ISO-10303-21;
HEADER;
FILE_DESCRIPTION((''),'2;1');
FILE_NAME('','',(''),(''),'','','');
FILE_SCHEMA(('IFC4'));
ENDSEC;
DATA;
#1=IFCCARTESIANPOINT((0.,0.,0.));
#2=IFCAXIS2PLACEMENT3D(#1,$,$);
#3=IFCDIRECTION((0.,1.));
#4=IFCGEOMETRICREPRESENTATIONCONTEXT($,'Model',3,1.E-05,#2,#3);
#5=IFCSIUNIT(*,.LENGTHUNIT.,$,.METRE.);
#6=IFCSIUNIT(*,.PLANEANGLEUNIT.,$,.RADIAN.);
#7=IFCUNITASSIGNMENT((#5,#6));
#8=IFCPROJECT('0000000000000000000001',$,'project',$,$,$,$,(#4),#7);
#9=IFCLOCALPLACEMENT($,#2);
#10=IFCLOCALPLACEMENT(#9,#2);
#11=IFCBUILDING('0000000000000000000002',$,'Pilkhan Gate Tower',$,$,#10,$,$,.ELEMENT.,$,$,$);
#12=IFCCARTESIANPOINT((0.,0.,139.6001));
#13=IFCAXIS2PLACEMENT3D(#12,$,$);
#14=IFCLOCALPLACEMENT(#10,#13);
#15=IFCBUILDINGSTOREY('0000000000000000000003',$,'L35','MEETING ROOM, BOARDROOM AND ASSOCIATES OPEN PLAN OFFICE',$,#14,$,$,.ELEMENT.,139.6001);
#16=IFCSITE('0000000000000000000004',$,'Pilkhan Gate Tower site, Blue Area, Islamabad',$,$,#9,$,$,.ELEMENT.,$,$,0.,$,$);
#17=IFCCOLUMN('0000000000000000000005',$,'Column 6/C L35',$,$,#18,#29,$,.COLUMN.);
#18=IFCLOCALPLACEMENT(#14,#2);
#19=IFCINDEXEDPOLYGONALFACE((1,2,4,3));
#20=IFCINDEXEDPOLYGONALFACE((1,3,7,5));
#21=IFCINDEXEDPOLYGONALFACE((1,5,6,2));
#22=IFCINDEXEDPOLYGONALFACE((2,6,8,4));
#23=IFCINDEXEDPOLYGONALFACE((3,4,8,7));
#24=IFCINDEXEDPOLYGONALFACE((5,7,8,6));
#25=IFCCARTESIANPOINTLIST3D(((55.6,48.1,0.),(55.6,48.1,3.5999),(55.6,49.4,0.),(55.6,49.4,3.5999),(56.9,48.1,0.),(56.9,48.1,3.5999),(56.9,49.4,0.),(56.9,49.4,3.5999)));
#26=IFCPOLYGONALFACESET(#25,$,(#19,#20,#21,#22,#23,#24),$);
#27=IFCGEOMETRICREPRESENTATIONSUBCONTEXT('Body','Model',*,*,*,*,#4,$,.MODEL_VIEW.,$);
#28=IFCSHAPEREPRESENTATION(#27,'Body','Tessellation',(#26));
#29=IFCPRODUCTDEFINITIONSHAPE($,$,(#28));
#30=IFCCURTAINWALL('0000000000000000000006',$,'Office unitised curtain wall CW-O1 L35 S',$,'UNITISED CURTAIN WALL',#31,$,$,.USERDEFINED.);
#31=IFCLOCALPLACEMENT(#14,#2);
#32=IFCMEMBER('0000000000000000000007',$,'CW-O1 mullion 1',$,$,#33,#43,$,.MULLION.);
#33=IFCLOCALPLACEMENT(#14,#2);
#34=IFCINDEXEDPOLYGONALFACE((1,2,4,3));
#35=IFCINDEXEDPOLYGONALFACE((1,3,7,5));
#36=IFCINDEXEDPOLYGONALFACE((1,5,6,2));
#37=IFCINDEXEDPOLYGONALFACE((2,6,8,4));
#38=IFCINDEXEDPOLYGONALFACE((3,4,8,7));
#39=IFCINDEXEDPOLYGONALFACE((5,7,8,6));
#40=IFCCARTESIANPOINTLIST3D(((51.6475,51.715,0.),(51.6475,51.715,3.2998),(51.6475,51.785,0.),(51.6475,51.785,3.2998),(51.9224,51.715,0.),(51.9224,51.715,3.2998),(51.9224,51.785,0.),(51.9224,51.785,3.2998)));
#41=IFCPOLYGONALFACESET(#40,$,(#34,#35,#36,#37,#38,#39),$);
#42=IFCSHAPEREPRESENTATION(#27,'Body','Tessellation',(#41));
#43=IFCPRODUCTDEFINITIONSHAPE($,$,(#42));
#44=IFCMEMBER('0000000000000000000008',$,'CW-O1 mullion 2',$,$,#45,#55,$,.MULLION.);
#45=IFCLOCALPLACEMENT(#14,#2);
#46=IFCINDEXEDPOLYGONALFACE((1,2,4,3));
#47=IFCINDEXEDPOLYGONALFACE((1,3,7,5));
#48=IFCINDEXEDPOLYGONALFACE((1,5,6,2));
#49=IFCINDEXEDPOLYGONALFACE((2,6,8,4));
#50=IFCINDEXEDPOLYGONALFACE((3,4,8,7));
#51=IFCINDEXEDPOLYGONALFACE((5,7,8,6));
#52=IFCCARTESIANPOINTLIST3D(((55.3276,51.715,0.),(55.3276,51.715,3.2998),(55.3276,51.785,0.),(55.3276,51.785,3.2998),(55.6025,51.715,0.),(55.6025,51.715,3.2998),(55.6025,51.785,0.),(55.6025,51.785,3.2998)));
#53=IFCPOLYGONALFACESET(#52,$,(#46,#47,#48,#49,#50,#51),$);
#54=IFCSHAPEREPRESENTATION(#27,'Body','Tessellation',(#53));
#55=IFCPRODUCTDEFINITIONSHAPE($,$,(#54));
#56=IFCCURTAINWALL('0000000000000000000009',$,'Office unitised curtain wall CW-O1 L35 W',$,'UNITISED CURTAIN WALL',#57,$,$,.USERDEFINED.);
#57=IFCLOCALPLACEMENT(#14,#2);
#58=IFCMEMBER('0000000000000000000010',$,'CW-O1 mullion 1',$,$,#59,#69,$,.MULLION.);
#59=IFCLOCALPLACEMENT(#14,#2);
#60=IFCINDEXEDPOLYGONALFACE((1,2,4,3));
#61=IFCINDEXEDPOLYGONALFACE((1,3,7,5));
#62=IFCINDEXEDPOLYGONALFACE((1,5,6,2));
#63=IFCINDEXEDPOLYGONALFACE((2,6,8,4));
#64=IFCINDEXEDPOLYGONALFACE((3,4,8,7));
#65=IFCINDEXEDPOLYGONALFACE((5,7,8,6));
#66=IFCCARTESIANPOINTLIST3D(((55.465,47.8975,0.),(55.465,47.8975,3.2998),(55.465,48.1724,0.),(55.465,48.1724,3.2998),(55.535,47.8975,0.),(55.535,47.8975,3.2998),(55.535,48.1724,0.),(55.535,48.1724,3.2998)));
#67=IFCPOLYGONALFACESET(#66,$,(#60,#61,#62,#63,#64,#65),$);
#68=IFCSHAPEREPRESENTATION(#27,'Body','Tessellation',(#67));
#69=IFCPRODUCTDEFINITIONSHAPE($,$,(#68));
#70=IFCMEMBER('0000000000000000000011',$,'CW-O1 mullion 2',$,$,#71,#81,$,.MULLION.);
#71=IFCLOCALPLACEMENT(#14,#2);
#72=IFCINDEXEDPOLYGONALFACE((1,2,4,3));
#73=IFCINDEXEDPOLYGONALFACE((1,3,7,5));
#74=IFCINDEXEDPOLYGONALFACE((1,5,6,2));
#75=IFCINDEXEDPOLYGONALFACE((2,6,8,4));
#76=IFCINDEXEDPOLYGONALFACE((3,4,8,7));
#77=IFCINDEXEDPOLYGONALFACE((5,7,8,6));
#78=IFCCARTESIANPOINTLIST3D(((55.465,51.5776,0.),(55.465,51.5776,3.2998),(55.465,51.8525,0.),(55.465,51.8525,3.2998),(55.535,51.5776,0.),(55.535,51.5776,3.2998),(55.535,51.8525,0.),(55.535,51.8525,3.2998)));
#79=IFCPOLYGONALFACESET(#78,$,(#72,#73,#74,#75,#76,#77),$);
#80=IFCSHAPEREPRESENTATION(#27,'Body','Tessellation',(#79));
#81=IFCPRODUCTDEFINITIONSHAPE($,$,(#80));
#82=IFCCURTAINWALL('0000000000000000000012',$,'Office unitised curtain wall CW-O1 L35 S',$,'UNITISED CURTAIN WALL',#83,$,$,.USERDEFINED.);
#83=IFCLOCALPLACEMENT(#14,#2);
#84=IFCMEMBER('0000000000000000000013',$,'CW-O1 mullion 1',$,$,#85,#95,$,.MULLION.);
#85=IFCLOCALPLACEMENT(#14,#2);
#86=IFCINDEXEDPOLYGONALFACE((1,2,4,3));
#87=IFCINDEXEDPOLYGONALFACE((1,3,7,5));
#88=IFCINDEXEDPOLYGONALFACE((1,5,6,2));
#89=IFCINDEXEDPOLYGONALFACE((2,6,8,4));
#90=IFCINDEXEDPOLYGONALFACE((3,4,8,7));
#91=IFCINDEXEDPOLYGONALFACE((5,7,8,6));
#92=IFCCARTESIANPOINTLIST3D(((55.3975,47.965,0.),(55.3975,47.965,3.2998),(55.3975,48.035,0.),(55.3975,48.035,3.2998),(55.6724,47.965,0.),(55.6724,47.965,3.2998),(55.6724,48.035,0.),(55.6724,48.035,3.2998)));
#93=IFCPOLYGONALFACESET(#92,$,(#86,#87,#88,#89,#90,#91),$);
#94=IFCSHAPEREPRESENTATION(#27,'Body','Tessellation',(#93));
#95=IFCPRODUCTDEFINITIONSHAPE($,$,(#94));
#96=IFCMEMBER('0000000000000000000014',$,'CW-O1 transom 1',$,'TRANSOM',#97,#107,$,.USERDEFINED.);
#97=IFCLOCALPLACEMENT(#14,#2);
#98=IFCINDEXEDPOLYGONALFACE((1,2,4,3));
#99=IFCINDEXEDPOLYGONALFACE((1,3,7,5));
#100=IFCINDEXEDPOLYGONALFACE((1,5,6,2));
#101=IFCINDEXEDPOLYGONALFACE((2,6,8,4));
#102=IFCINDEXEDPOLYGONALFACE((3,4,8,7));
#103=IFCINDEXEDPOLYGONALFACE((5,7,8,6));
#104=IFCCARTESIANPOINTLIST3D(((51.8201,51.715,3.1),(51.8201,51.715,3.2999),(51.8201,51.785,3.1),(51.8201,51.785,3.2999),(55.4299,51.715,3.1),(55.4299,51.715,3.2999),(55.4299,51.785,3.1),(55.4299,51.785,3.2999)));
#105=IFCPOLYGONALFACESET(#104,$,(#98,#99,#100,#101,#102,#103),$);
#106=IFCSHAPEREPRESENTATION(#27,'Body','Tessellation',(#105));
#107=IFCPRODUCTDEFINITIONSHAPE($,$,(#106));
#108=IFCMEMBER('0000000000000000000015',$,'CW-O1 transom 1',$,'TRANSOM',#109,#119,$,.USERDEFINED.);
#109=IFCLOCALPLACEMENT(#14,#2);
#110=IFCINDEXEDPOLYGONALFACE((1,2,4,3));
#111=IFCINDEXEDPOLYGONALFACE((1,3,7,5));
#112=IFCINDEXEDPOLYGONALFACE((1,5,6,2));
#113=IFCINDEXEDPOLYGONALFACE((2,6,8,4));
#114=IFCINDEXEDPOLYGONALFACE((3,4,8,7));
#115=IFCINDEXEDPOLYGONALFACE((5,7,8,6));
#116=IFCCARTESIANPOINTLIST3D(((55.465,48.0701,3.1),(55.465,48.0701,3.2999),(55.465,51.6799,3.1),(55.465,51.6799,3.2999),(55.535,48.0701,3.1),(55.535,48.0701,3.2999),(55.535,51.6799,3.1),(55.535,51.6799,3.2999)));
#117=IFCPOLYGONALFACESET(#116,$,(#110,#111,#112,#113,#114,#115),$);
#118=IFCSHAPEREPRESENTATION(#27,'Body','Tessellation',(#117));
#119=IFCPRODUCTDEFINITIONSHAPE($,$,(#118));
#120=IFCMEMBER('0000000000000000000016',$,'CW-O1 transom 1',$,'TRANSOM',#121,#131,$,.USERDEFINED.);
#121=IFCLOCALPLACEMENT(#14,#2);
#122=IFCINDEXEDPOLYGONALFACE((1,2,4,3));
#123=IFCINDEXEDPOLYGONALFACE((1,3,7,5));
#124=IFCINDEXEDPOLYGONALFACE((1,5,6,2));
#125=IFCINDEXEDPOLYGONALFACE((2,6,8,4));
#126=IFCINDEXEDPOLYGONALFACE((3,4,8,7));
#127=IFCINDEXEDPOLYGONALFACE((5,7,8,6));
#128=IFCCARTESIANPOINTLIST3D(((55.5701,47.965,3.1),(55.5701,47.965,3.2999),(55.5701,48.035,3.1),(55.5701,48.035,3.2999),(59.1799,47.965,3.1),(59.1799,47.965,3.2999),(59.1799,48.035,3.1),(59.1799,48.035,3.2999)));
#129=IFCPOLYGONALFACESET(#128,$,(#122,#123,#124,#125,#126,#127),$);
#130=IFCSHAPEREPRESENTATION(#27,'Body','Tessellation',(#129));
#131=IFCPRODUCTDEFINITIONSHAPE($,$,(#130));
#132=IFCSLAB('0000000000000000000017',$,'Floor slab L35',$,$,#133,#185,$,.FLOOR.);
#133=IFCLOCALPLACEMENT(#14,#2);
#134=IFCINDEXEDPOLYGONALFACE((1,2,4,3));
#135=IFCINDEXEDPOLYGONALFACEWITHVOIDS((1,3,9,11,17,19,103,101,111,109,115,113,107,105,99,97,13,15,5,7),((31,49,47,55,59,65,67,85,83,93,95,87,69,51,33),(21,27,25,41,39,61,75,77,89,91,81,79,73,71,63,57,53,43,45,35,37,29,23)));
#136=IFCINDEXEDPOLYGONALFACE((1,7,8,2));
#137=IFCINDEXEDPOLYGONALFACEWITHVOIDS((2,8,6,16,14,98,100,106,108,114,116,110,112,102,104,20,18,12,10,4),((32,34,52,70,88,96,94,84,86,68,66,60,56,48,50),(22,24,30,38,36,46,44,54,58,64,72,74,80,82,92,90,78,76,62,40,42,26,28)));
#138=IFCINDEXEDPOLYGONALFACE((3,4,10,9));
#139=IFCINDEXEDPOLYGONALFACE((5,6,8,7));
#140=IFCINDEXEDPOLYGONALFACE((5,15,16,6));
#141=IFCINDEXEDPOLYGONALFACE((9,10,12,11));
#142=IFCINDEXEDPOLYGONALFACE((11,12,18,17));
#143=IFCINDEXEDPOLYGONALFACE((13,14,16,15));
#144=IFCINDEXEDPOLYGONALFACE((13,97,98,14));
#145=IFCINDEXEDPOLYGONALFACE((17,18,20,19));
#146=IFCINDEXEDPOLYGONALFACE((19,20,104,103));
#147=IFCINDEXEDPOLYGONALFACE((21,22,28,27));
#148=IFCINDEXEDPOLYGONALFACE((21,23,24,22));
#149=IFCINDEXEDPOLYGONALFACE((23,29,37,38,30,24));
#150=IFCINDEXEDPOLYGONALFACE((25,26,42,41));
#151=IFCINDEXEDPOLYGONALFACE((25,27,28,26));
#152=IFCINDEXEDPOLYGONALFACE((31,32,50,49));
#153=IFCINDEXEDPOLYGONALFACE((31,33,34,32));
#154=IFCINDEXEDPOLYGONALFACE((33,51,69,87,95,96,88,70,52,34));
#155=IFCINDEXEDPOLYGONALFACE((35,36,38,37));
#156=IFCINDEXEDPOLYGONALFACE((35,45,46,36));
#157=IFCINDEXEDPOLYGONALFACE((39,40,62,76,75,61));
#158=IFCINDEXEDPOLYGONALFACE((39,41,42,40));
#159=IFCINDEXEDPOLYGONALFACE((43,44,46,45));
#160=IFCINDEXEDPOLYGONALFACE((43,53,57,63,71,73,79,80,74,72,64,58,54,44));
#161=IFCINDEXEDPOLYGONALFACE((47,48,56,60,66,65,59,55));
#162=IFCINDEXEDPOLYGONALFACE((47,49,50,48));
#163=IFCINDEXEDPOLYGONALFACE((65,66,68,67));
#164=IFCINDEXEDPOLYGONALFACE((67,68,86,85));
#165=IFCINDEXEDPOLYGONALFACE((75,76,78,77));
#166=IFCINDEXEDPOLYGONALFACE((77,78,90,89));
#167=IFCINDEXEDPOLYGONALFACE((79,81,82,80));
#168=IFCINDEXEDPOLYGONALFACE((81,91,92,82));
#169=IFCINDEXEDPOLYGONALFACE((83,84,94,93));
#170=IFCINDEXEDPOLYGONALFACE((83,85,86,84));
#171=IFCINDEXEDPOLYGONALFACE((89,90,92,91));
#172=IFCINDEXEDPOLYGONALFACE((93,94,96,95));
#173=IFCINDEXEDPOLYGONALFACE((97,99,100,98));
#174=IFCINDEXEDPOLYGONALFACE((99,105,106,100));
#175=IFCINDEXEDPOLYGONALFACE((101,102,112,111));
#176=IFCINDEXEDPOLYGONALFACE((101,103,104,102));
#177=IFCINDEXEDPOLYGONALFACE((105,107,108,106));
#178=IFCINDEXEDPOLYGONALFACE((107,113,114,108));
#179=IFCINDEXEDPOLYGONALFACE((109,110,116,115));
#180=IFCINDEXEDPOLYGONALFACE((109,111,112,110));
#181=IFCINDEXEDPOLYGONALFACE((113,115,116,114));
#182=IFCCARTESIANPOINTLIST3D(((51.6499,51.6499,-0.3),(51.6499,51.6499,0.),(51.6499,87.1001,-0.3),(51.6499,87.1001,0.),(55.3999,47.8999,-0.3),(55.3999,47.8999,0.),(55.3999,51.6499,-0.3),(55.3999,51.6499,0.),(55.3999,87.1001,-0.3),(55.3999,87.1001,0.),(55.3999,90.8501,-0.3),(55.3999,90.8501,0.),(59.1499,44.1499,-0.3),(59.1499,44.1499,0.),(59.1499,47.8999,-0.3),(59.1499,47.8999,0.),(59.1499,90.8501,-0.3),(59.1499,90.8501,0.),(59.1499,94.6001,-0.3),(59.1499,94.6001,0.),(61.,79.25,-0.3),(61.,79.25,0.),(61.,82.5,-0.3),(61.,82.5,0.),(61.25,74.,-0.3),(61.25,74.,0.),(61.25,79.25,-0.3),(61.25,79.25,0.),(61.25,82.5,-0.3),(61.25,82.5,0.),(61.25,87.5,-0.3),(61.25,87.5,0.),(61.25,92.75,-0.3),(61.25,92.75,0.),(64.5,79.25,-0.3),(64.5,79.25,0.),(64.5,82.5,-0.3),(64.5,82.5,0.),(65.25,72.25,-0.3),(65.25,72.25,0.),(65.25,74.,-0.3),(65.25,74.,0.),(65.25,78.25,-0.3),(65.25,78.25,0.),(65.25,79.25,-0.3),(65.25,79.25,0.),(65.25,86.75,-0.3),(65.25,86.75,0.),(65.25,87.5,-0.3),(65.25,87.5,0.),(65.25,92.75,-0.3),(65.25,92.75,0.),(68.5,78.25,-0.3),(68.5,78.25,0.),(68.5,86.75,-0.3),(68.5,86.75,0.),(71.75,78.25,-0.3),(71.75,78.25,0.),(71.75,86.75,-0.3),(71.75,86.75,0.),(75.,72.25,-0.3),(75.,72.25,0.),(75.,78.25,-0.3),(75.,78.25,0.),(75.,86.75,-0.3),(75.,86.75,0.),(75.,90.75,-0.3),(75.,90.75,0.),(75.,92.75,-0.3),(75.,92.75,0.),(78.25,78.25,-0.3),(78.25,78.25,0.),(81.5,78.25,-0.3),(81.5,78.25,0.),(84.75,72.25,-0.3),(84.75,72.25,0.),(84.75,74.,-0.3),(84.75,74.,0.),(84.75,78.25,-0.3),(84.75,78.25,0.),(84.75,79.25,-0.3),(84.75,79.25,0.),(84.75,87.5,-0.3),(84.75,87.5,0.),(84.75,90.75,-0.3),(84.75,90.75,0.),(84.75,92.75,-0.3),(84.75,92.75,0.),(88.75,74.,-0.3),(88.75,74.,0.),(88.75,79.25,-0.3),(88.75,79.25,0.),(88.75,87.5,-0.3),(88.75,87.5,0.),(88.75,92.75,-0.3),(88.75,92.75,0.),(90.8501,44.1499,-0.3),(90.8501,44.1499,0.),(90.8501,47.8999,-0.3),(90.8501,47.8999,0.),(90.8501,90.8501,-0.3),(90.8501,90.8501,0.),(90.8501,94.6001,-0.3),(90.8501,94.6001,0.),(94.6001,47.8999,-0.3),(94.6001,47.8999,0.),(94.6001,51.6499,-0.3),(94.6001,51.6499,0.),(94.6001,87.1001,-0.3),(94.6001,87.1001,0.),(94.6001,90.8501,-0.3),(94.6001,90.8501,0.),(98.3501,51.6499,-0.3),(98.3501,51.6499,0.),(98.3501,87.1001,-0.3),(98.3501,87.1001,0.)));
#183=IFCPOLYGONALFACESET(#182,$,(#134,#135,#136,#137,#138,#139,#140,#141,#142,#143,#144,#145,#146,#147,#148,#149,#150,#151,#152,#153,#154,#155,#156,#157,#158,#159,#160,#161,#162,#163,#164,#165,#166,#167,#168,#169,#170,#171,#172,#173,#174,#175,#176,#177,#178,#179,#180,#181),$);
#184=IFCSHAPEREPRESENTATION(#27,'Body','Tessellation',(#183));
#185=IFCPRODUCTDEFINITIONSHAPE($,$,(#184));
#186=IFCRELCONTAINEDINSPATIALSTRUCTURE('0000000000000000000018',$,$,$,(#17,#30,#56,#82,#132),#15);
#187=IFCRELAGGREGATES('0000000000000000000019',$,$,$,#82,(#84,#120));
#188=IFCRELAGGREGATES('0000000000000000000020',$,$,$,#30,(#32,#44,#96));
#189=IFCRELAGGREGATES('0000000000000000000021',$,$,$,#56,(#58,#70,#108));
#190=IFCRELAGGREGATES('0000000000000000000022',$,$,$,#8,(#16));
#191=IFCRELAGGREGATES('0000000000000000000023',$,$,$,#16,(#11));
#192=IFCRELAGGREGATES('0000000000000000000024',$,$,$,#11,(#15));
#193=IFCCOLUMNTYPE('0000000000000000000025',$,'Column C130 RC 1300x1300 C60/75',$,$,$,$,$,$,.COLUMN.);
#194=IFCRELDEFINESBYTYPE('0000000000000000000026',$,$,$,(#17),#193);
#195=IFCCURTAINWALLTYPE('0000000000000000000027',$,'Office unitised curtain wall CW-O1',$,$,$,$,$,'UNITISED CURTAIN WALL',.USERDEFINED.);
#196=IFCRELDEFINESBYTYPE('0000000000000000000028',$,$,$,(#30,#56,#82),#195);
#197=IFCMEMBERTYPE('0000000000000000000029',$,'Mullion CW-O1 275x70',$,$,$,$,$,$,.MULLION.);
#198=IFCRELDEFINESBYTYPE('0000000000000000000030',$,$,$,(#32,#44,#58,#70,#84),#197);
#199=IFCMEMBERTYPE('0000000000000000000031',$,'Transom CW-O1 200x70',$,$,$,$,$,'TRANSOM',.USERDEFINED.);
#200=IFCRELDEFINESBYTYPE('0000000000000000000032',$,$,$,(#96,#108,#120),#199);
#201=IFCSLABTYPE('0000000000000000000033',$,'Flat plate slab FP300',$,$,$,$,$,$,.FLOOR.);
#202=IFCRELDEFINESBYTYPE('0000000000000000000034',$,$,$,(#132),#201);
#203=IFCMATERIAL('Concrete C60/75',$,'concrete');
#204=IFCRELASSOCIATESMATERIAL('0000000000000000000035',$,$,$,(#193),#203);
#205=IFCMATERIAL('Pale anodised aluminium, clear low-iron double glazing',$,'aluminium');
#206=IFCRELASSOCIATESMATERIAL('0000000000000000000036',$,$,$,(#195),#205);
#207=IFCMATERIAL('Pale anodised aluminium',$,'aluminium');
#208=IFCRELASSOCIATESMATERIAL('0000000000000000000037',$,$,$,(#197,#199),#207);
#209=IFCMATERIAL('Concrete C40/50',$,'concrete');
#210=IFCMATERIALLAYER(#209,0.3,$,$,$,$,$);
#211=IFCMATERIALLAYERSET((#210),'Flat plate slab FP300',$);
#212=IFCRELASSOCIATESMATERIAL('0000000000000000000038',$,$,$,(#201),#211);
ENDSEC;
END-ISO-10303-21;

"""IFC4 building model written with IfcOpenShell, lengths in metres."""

from ifc_helpers import new_model, si_unit, direction, frame, origin, origin_2d, place, context, subcontext, project, spatial, polyline, rectangle, outline, extrude, material, layer, layer_set, material_profile, profile_set, type_object, element, aggregate, save


model = new_model("IFC4")

# Units and contexts
model_context = context("Model", 3, precision=1e-05, world=origin(), true_north=direction((0.0, 1.0)))
body_context = subcontext(model_context, "Body", "Model", "MODEL_VIEW")
ifc_project = project(units=[si_unit("LENGTHUNIT", "METRE"), si_unit("PLANEANGLEUNIT", "RADIAN")], contexts=[model_context])

# Site, building, storey
site_placement = place(None, origin())
site = spatial("IfcSite", under=ifc_project, at=site_placement, Name="Pilkhan Gate Tower site, Blue Area, Islamabad", CompositionType="ELEMENT", RefElevation=0.0)
building_placement = place(site_placement, origin())
building = spatial("IfcBuilding", under=site, at=building_placement, Name="Pilkhan Gate Tower", CompositionType="ELEMENT")
storey_placement = place(building_placement, frame((0.0, 0.0, 139.6001)))
storey = spatial("IfcBuildingStorey", under=building, at=storey_placement, Name="L35", Description="MEETING ROOM, BOARDROOM AND ASSOCIATES OPEN PLAN OFFICE", CompositionType="ELEMENT", Elevation=139.6001)

# Column
ifc_material_1 = material(Name="Concrete C60/75", Category="concrete")
ifc_material_profile_1 = material_profile(ifc_material_1, rectangle(XDim=1.3, YDim=1.3, at=origin_2d()), Name="RC 1300x1300")
ifc_profile_set_1 = profile_set([ifc_material_profile_1], Name="Concrete C60/75")
column_type = type_object("IfcColumnType", Name="Column C130 RC 1300x1300 C60/75", PredefinedType="COLUMN", material=ifc_profile_set_1)
column_placement = place(storey_placement, frame((56.25, 48.75, 0.0), z_axis=(0.0, 0.0, 1.0), x_axis=(1.0, 0.0, 0.0)))
element("IfcColumn", 1, at=column_placement, inside=storey, type_object=column_type, Name="Column 6/C L35", PredefinedType="COLUMN", context=body_context, shape_type="SweptSolid", body=[
    extrude(rectangle(XDim=1.3, YDim=1.3, at=origin_2d()), origin(), (0.0, 0.0, 1.0), 3.5999),
])

# Curtain walls, members
ifc_material_2 = material(Name="Pale anodised aluminium, clear low-iron double glazing", Category="aluminium")
curtain_wall_type = type_object("IfcCurtainWallType", Name="Office unitised curtain wall CW-O1", ElementType="UNITISED CURTAIN WALL", PredefinedType="USERDEFINED", material=ifc_material_2)
curtain_wall_1_placement = place(storey_placement, origin())
curtain_wall_1 = element("IfcCurtainWall", 2, at=curtain_wall_1_placement, inside=storey, type_object=curtain_wall_type, Name="Office unitised curtain wall CW-O1 L35 S", ObjectType="UNITISED CURTAIN WALL", PredefinedType="USERDEFINED")
ifc_material_3 = material(Name="Pale anodised aluminium", Category="aluminium")
ifc_material_profile_2 = material_profile(ifc_material_3, rectangle(XDim=0.0701, YDim=0.2749, at=origin_2d()), Name="Mullion 275x70")
ifc_profile_set_2 = profile_set([ifc_material_profile_2], Name="Pale anodised aluminium")
member_type_1 = type_object("IfcMemberType", Name="Mullion CW-O1 275x70", PredefinedType="MULLION", material=ifc_profile_set_2)
member_1_placement = place(storey_placement, frame((51.7849, 51.75, 0.0), z_axis=(0.0, 0.0, 1.0), x_axis=(0.0, 1.0, 0.0)))
member_1 = element("IfcMember", 3, at=member_1_placement, type_object=member_type_1, Name="CW-O1 mullion 1", PredefinedType="MULLION", context=body_context, shape_type="SweptSolid", body=[
    extrude(rectangle(XDim=0.0701, YDim=0.2749, at=origin_2d()), origin(), (0.0, 0.0, 1.0), 3.2998),
])
member_2_placement = place(storey_placement, frame((55.4651, 51.75, 0.0), z_axis=(0.0, 0.0, 1.0), x_axis=(0.0, 1.0, 0.0)))
member_2 = element("IfcMember", 4, at=member_2_placement, type_object=member_type_1, Name="CW-O1 mullion 2", PredefinedType="MULLION", context=body_context, shape_type="SweptSolid", body=[
    extrude(rectangle(XDim=0.0701, YDim=0.2749, at=origin_2d()), origin(), (0.0, 0.0, 1.0), 3.2998),
])
curtain_wall_2_placement = place(storey_placement, origin())
curtain_wall_2 = element("IfcCurtainWall", 5, at=curtain_wall_2_placement, inside=storey, type_object=curtain_wall_type, Name="Office unitised curtain wall CW-O1 L35 W", ObjectType="UNITISED CURTAIN WALL", PredefinedType="USERDEFINED")
member_3_placement = place(storey_placement, frame((55.5, 48.0349, 0.0), z_axis=(0.0, 0.0, 1.0), x_axis=(-1.0, 0.0, 0.0)))
member_3 = element("IfcMember", 6, at=member_3_placement, type_object=member_type_1, Name="CW-O1 mullion 1", PredefinedType="MULLION", context=body_context, shape_type="SweptSolid", body=[
    extrude(rectangle(XDim=0.0701, YDim=0.2749, at=origin_2d()), origin(), (0.0, 0.0, 1.0), 3.2998),
])
member_4_placement = place(storey_placement, frame((55.5, 51.7151, 0.0), z_axis=(0.0, 0.0, 1.0), x_axis=(-1.0, 0.0, 0.0)))
member_4 = element("IfcMember", 7, at=member_4_placement, type_object=member_type_1, Name="CW-O1 mullion 2", PredefinedType="MULLION", context=body_context, shape_type="SweptSolid", body=[
    extrude(rectangle(XDim=0.0701, YDim=0.2749, at=origin_2d()), origin(), (0.0, 0.0, 1.0), 3.2998),
])

# Curtain wall, member
curtain_wall_3_placement = place(storey_placement, origin())
curtain_wall_3 = element("IfcCurtainWall", 8, at=curtain_wall_3_placement, inside=storey, type_object=curtain_wall_type, Name="Office unitised curtain wall CW-O1 L35 S", ObjectType="UNITISED CURTAIN WALL", PredefinedType="USERDEFINED")
member_5_placement = place(storey_placement, frame((55.5349, 48.0, 0.0), z_axis=(0.0, 0.0, 1.0), x_axis=(0.0, 1.0, 0.0)))
member_5 = element("IfcMember", 9, at=member_5_placement, type_object=member_type_1, Name="CW-O1 mullion 1", PredefinedType="MULLION", context=body_context, shape_type="SweptSolid", body=[
    extrude(rectangle(XDim=0.0701, YDim=0.2749, at=origin_2d()), origin(), (0.0, 0.0, 1.0), 3.2998),
])

# Members
ifc_material_profile_3 = material_profile(ifc_material_3, rectangle(XDim=0.0701, YDim=0.2, at=origin_2d()), Name="Transom 200x70")
ifc_profile_set_3 = profile_set([ifc_material_profile_3], Name="Pale anodised aluminium")
member_type_2 = type_object("IfcMemberType", Name="Transom CW-O1 200x70", ElementType="TRANSOM", PredefinedType="USERDEFINED", material=ifc_profile_set_3)
member_6_placement = place(storey_placement, frame((51.8201, 51.75, 3.2), z_axis=(1.0, 0.0, 0.0), x_axis=(0.0, 1.0, 0.0)))
member_6 = element("IfcMember", 10, at=member_6_placement, type_object=member_type_2, Name="CW-O1 transom 1", ObjectType="TRANSOM", PredefinedType="USERDEFINED", context=body_context, shape_type="SweptSolid", body=[
    extrude(rectangle(XDim=0.0701, YDim=0.2, at=origin_2d()), origin(), (0.0, 0.0, 1.0), 3.6099),
])
member_7_placement = place(storey_placement, frame((55.5, 48.0701, 3.2), z_axis=(0.0, 1.0, 0.0), x_axis=(-1.0, 0.0, 0.0)))
member_7 = element("IfcMember", 11, at=member_7_placement, type_object=member_type_2, Name="CW-O1 transom 1", ObjectType="TRANSOM", PredefinedType="USERDEFINED", context=body_context, shape_type="SweptSolid", body=[
    extrude(rectangle(XDim=0.0701, YDim=0.2, at=origin_2d()), origin(), (0.0, 0.0, 1.0), 3.6099),
])
member_8_placement = place(storey_placement, frame((55.5701, 48.0, 3.2), z_axis=(1.0, 0.0, 0.0), x_axis=(0.0, 1.0, 0.0)))
member_8 = element("IfcMember", 12, at=member_8_placement, type_object=member_type_2, Name="CW-O1 transom 1", ObjectType="TRANSOM", PredefinedType="USERDEFINED", context=body_context, shape_type="SweptSolid", body=[
    extrude(rectangle(XDim=0.0701, YDim=0.2, at=origin_2d()), origin(), (0.0, 0.0, 1.0), 3.6099),
])
aggregate(curtain_wall_3, [member_5, member_8])

# Slab
ifc_material_4 = material(Name="Concrete C40/50", Category="concrete")
ifc_layer_1 = layer(ifc_material_4, 0.3)
ifc_layer_set_1 = layer_set([ifc_layer_1], Name="Flat plate slab FP300")
slab_type_1 = type_object("IfcSlabType", Name="Flat plate slab FP300", PredefinedType="FLOOR", material=ifc_layer_set_1)
slab_1_placement = place(storey_placement, frame((0.0, 0.0, -0.3)))
element("IfcSlab", 13, at=slab_1_placement, inside=storey, type_object=slab_type_1, Name="Floor slab L35", PredefinedType="FLOOR", context=body_context, shape_type="SweptSolid", body=[
    extrude(outline(polyline([(94.6001, 47.8999), (90.8501, 47.8999), (90.8501, 44.1499), (59.1499, 44.1499), (59.1499, 47.8999), (55.3999, 47.8999), (55.3999, 51.6499), (51.6499, 51.6499), (51.6499, 87.1001), (55.3999, 87.1001), (55.3999, 90.8501), (59.1499, 90.8501), (59.1499, 94.6001), (90.8501, 94.6001), (90.8501, 90.8501), (94.6001, 90.8501), (94.6001, 87.1001), (98.3501, 87.1001), (98.3501, 51.6499), (94.6001, 51.6499), (94.6001, 47.8999)]), holes=[polyline([(65.25, 87.5), (65.25, 86.75), (68.5, 86.75), (71.75, 86.75), (75.0, 86.75), (75.0, 90.75), (84.75, 90.75), (84.75, 87.5), (88.75, 87.5), (88.75, 92.75), (84.75, 92.75), (75.0, 92.75), (65.25, 92.75), (61.25, 92.75), (61.25, 87.5), (65.25, 87.5)]), polyline([(75.0, 72.25), (84.75, 72.25), (84.75, 74.0), (88.75, 74.0), (88.75, 79.25), (84.75, 79.25), (84.75, 78.25), (81.5, 78.25), (78.25, 78.25), (75.0, 78.25), (71.75, 78.25), (68.5, 78.25), (65.25, 78.25), (65.25, 79.25), (64.5, 79.25), (64.5, 82.5), (61.25, 82.5), (61.0, 82.5), (61.0, 79.25), (61.25, 79.25), (61.25, 74.0), (65.25, 74.0), (65.25, 72.25), (75.0, 72.25)])]), origin(), (0.0, 0.0, 1.0), 0.3),
])

aggregate(curtain_wall_1, [member_1, member_2, member_6])
aggregate(curtain_wall_2, [member_3, member_4, member_7])

save(model, "model.ifc")
